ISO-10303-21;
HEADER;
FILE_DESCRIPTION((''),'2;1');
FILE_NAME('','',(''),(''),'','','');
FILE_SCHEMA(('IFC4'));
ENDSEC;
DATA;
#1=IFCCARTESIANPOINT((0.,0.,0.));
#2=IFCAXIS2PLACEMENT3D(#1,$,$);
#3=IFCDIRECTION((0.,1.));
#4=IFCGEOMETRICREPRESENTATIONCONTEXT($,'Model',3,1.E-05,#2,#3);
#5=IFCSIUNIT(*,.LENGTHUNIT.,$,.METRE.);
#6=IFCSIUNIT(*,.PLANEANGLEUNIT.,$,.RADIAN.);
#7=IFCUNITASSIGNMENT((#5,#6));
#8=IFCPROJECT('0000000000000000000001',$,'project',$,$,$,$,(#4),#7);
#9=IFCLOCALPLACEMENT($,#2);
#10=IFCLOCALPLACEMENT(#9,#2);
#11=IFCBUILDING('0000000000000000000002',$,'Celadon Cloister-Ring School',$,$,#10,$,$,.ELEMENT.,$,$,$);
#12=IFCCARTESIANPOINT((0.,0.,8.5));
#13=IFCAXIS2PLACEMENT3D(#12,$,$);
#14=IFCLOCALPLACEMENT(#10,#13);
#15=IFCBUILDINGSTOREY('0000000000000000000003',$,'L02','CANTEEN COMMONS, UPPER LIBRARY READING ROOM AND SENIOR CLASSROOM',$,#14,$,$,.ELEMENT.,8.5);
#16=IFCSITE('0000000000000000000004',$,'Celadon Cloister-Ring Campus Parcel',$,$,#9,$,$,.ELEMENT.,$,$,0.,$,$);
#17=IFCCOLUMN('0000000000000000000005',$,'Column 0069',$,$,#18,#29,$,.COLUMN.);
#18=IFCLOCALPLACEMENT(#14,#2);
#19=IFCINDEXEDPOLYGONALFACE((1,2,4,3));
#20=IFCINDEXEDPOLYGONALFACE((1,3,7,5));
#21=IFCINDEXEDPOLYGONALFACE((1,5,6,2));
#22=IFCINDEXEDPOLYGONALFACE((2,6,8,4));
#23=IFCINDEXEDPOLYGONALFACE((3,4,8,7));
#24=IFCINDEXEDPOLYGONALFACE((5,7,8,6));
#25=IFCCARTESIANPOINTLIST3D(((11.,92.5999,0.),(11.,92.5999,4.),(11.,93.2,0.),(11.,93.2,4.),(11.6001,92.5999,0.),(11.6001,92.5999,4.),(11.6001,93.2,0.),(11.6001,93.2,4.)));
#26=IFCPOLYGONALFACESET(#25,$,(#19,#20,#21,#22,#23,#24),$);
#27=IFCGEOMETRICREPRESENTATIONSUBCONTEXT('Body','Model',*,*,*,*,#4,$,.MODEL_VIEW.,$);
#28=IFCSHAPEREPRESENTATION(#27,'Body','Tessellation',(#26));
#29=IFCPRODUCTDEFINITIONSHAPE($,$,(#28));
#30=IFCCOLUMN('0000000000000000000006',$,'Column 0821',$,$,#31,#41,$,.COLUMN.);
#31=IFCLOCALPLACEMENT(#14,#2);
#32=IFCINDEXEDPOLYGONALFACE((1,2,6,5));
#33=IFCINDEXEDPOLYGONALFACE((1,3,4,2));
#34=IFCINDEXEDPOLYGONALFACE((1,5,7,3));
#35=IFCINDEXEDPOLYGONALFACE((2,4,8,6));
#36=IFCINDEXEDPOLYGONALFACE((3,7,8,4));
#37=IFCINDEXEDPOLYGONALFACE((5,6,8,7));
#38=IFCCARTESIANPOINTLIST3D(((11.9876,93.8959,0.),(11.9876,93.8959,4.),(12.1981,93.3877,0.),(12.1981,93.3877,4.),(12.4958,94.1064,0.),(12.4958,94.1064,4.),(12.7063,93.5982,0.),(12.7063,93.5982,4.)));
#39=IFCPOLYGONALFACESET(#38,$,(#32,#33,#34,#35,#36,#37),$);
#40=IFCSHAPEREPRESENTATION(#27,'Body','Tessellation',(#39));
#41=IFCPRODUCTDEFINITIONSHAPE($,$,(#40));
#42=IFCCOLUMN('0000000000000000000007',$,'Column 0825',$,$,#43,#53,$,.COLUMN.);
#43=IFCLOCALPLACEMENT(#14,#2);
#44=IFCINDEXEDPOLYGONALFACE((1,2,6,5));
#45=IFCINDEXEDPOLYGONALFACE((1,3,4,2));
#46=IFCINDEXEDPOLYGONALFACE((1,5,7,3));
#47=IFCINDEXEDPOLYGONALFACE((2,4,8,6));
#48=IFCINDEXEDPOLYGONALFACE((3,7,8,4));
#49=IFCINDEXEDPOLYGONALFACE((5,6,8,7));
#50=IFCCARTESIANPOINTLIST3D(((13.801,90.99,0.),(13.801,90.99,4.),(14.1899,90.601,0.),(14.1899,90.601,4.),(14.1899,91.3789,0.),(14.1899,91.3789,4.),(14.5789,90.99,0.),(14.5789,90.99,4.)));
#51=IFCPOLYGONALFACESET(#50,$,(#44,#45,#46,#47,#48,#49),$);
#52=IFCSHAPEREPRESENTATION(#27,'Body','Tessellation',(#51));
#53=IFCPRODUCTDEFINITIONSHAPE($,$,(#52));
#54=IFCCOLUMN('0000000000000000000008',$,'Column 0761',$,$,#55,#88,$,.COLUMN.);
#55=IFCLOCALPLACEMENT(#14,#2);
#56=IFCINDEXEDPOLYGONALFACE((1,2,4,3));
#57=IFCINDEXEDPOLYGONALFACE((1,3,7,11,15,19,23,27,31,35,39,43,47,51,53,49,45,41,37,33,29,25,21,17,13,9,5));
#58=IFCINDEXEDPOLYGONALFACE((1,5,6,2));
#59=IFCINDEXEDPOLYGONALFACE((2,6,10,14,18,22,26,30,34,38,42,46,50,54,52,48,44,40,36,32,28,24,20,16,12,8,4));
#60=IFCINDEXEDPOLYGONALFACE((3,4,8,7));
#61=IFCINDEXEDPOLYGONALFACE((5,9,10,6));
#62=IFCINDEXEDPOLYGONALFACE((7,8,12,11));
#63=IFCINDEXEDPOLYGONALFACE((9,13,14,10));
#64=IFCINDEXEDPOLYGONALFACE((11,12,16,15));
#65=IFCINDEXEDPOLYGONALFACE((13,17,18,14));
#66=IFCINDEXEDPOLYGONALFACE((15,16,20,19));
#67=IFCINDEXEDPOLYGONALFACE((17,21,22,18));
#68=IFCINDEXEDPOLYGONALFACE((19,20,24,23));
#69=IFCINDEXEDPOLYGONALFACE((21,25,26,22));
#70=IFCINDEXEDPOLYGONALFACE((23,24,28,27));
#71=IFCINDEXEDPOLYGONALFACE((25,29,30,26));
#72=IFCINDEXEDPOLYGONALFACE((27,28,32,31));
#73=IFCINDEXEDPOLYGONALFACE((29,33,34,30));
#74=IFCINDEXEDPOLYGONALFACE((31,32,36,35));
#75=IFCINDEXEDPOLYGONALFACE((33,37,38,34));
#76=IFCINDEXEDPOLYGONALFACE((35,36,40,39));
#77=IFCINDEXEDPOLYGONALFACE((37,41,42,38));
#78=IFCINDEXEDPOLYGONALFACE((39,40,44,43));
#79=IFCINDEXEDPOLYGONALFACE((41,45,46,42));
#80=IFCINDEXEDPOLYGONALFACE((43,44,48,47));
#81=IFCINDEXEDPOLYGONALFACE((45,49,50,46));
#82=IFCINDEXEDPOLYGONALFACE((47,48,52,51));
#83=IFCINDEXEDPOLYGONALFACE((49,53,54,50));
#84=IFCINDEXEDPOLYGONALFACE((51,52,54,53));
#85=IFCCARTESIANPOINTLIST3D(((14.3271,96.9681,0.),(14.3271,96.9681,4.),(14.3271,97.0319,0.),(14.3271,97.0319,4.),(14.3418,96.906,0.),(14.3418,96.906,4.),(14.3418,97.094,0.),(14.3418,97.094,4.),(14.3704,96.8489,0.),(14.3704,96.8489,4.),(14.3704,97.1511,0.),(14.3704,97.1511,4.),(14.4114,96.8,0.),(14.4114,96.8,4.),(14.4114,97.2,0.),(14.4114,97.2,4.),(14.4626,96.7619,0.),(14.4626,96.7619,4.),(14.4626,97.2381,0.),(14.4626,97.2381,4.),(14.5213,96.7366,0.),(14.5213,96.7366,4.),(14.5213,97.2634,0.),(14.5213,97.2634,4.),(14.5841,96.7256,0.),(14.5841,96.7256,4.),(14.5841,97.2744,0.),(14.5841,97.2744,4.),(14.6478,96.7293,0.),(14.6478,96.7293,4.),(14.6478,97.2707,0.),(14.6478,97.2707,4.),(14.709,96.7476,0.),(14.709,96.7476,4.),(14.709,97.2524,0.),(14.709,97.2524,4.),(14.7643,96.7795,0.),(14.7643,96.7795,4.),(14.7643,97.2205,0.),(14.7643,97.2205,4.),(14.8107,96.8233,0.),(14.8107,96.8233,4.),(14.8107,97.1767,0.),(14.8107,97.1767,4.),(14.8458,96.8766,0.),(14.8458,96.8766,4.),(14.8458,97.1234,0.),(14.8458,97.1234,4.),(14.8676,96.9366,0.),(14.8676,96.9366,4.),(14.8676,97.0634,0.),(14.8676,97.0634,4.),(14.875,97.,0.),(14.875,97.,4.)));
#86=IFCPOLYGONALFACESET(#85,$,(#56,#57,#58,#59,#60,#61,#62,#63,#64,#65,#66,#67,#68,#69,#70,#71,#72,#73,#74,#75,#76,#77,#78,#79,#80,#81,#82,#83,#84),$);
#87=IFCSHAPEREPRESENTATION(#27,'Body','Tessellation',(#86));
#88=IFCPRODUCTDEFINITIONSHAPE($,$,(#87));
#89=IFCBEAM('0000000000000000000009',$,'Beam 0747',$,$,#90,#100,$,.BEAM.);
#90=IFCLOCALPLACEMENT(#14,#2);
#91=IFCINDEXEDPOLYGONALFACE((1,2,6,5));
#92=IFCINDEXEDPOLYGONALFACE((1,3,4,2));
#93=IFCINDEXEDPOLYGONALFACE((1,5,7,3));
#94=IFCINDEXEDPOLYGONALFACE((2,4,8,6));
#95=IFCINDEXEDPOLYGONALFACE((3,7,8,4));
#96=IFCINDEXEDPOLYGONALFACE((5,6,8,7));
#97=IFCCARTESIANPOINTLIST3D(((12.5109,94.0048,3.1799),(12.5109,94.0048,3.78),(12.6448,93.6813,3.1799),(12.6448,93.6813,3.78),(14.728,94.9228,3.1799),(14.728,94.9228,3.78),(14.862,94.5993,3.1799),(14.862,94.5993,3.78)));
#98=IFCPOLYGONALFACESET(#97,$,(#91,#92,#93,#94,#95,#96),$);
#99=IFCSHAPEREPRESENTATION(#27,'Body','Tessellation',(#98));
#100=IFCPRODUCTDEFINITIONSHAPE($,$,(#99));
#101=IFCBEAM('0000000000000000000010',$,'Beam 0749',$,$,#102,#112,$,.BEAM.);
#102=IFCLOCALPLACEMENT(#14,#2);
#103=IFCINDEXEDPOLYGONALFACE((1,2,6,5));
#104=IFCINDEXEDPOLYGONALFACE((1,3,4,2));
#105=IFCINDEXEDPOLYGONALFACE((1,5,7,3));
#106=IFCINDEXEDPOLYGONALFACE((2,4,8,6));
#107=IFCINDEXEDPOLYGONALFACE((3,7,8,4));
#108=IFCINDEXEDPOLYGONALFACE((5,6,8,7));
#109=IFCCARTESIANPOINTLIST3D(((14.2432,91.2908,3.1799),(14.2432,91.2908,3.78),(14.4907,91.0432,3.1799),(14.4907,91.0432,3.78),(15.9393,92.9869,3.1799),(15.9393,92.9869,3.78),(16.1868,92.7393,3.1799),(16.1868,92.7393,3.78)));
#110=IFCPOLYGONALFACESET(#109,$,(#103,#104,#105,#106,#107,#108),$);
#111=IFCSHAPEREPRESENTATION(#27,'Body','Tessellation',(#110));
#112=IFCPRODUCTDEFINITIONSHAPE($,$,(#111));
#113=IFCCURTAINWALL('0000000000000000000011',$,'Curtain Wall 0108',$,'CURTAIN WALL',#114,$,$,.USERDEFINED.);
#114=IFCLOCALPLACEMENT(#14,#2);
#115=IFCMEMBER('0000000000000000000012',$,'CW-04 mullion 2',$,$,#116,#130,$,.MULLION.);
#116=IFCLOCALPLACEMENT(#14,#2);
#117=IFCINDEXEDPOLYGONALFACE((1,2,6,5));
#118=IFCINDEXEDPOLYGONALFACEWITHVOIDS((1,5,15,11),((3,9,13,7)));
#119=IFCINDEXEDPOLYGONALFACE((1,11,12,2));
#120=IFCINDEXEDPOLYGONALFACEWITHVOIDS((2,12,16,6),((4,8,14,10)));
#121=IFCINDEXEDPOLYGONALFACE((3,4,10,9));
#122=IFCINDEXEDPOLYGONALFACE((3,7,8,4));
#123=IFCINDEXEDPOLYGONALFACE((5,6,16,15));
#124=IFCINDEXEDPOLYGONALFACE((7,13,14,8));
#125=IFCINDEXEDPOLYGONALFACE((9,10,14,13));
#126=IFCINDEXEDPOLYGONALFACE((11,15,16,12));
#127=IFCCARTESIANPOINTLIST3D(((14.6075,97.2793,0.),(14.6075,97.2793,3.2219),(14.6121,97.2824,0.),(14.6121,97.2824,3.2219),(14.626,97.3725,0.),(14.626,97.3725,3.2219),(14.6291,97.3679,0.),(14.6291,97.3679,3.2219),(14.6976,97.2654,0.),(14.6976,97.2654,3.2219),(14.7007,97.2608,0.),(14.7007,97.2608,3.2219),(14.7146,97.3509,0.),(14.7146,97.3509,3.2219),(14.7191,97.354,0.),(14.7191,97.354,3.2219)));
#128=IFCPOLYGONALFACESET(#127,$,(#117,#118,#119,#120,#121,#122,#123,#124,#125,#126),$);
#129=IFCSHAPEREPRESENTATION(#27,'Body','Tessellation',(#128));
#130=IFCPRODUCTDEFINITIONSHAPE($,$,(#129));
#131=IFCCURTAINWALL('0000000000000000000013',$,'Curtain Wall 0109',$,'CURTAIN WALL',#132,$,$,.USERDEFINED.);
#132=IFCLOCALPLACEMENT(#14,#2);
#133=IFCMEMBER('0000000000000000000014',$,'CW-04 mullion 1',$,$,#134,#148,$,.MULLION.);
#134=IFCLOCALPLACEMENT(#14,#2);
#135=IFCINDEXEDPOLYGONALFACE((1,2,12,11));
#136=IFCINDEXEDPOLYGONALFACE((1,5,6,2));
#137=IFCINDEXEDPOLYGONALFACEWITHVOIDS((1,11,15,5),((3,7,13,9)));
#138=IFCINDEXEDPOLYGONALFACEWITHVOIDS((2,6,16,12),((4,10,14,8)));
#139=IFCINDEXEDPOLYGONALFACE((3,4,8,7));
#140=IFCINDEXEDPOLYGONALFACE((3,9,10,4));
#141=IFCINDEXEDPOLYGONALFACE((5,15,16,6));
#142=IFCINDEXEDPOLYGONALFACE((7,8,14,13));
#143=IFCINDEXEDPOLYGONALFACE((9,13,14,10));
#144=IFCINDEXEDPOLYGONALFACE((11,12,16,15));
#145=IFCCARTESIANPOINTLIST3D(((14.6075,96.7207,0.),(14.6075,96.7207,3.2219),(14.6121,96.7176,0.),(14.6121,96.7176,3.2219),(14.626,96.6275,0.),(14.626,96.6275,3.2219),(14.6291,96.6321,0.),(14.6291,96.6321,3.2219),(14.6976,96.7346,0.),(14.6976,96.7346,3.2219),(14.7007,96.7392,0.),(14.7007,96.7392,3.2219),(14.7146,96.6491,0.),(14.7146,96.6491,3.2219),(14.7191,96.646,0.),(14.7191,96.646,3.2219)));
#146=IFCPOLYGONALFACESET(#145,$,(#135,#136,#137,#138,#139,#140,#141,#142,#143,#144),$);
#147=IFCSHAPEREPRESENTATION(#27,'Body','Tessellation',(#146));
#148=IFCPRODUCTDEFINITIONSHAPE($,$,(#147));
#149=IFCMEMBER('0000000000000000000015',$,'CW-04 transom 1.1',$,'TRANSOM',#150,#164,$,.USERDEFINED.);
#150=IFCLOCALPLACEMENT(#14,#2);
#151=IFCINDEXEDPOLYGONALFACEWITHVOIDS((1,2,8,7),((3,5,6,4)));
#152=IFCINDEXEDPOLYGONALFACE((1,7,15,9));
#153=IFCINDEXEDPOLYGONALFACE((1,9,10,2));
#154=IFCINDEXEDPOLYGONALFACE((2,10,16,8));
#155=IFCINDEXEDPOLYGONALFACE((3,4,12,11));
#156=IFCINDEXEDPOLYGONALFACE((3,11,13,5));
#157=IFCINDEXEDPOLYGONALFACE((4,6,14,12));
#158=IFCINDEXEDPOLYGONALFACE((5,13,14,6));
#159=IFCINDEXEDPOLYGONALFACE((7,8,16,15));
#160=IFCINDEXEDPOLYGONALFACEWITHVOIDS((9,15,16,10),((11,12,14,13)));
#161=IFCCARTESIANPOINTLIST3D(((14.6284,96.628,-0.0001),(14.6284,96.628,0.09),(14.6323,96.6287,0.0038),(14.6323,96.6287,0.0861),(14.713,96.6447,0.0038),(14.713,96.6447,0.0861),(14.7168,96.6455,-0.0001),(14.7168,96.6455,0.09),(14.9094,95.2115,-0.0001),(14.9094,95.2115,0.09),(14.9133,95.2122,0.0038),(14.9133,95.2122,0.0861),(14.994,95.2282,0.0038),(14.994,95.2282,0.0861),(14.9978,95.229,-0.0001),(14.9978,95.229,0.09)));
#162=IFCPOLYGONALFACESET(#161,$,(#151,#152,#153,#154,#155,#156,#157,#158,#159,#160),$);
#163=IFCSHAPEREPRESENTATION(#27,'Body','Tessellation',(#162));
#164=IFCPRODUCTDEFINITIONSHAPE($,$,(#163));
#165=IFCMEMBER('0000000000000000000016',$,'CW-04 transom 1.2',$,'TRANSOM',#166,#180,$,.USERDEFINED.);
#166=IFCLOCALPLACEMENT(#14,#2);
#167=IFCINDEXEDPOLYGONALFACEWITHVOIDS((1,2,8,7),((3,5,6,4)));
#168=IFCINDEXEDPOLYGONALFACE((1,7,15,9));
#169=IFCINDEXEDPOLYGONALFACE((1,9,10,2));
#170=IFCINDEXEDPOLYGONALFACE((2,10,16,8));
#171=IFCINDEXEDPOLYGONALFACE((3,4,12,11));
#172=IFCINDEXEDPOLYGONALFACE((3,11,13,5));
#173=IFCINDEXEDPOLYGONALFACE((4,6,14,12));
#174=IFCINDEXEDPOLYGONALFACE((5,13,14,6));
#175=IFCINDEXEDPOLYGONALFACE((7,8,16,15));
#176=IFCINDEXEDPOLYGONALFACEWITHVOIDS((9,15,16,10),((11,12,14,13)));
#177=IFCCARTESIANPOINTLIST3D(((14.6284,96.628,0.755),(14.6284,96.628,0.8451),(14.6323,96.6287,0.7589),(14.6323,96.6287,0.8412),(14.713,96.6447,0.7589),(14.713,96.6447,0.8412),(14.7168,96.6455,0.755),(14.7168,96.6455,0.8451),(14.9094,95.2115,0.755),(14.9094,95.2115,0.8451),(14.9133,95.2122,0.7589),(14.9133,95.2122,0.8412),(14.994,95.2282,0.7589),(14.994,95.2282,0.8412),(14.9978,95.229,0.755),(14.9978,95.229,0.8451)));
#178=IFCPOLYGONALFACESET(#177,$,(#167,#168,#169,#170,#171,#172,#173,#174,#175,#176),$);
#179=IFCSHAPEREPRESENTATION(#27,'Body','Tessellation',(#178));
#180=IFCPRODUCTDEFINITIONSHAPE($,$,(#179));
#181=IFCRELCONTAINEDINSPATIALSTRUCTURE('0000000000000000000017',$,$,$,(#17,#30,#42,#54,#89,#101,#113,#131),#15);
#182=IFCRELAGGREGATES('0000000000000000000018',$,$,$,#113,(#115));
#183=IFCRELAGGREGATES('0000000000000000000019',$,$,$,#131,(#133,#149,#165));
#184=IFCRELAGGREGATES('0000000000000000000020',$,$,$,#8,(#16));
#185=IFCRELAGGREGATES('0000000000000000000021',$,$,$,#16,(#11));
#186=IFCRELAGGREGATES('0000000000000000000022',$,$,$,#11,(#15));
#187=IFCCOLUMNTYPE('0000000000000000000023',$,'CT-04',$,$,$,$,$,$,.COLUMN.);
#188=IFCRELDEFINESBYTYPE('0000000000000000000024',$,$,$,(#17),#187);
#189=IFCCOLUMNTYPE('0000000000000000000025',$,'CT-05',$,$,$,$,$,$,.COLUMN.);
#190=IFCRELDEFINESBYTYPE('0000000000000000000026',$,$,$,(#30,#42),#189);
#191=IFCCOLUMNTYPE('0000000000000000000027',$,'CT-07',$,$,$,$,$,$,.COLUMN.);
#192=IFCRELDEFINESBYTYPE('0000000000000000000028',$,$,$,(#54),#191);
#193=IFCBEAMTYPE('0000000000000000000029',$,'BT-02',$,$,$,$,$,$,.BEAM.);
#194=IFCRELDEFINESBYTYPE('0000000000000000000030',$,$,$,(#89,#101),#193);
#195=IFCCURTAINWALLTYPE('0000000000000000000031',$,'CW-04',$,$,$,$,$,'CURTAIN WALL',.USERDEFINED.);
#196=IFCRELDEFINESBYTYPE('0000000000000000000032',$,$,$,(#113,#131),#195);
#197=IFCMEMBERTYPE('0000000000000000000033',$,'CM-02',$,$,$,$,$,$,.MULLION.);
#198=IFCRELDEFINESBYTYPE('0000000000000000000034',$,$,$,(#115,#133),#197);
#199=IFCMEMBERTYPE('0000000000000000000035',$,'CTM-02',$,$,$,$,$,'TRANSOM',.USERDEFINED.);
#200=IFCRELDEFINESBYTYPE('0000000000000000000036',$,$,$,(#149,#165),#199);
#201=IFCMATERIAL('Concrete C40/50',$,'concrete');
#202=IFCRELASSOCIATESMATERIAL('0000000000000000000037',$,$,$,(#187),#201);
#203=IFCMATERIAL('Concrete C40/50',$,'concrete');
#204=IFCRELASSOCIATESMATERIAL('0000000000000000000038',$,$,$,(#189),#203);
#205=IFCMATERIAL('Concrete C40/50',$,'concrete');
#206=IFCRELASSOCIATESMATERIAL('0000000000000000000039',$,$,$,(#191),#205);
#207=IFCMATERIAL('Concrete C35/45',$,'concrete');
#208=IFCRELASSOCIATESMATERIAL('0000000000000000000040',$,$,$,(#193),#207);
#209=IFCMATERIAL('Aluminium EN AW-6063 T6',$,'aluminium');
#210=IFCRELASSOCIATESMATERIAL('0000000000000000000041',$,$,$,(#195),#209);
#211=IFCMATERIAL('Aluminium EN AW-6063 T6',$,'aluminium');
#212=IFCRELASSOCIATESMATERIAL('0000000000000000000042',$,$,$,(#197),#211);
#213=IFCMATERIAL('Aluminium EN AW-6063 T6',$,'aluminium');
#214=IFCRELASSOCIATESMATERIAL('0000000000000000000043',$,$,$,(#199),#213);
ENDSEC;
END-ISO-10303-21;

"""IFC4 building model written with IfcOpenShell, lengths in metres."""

from ifc_helpers import new_model, si_unit, direction, frame, origin, origin_2d, place, context, subcontext, project, spatial, rectangle, hollow_rectangle, circle, extrude, material, material_profile, profile_set, type_object, element, aggregate, save


model = new_model("IFC4")

# Units and contexts
model_context = context("Model", 3, precision=1e-05, world=origin(), true_north=direction((0.0, 1.0)))
body_context = subcontext(model_context, "Body", "Model", "MODEL_VIEW")
ifc_project = project(units=[si_unit("LENGTHUNIT", "METRE"), si_unit("PLANEANGLEUNIT", "RADIAN")], contexts=[model_context])

# Site, building, storey
site_placement = place(None, origin())
site = spatial("IfcSite", under=ifc_project, at=site_placement, Name="Celadon Cloister-Ring Campus Parcel", CompositionType="ELEMENT", RefElevation=0.0)
building_placement = place(site_placement, origin())
building = spatial("IfcBuilding", under=site, at=building_placement, Name="Celadon Cloister-Ring School", CompositionType="ELEMENT")
storey_placement = place(building_placement, frame((0.0, 0.0, 8.5)))
storey = spatial("IfcBuildingStorey", under=building, at=storey_placement, Name="L02", Description="CANTEEN COMMONS, UPPER LIBRARY READING ROOM AND SENIOR CLASSROOM", CompositionType="ELEMENT", Elevation=8.5)

# Columns
ifc_material_1 = material(Name="Concrete C40/50", Category="concrete")
ifc_material_profile_1 = material_profile(ifc_material_1, rectangle(XDim=0.6001, YDim=0.6001, at=origin_2d()), Name="RC600X600")
ifc_profile_set_1 = profile_set([ifc_material_profile_1], Name="Concrete C40/50")
column_type_1 = type_object("IfcColumnType", Name="CT-04", PredefinedType="COLUMN", material=ifc_profile_set_1)
column_1_placement = place(storey_placement, frame((11.3, 92.8999, 0.0), z_axis=(0.0, 0.0, 1.0), x_axis=(1.0, 0.0, 0.0)))
element("IfcColumn", 1, at=column_1_placement, inside=storey, type_object=column_type_1, Name="Column 0069", PredefinedType="COLUMN", context=body_context, shape_type="SweptSolid", body=[
    extrude(rectangle(XDim=0.6001, YDim=0.6001, at=origin_2d()), origin(), (0.0, 0.0, 1.0), 4.0),
])
ifc_material_2 = material(Name="Concrete C40/50", Category="concrete")
ifc_material_profile_2 = material_profile(ifc_material_2, rectangle(XDim=0.55, YDim=0.55, at=origin_2d()), Name="RC550X550")
ifc_profile_set_2 = profile_set([ifc_material_profile_2], Name="Concrete C40/50")
column_type_2 = type_object("IfcColumnType", Name="CT-05", PredefinedType="COLUMN", material=ifc_profile_set_2)
for number, where, z_axis, x_axis, name in (
    (2, (12.3469, 93.7471, 0.0), (0.0, 0.0, 1.0), (-0.92388, -0.382683, 0.0), "Column 0821"),
    (3, (14.1899, 90.99, 0.0), (0.0, 0.0, 1.0), (-0.707107, -0.707107, 0.0), "Column 0825"),
):
    element("IfcColumn", number, at=place(storey_placement, frame(where, z_axis=z_axis, x_axis=x_axis)), inside=storey, type_object=column_type_2, Name=name, PredefinedType="COLUMN", context=body_context, shape_type="SweptSolid", body=[
        extrude(rectangle(XDim=0.55, YDim=0.55, at=origin_2d()), origin(), (0.0, 0.0, 1.0), 4.0),
    ])
ifc_material_3 = material(Name="Concrete C40/50", Category="concrete")
ifc_material_profile_3 = material_profile(ifc_material_3, circle(Radius=0.2749, at=origin_2d()), Name="CIRC550")
ifc_profile_set_3 = profile_set([ifc_material_profile_3], Name="Concrete C40/50")
column_type_3 = type_object("IfcColumnType", Name="CT-07", PredefinedType="COLUMN", material=ifc_profile_set_3)
column_2_placement = place(storey_placement, frame((14.6001, 97.0, 0.0), z_axis=(0.0, 0.0, 1.0), x_axis=(1.0, 0.0, 0.0)))
element("IfcColumn", 4, at=column_2_placement, inside=storey, type_object=column_type_3, Name="Column 0761", PredefinedType="COLUMN", context=body_context, shape_type="SweptSolid", body=[
    extrude(circle(Radius=0.2749, at=origin_2d()), origin(), (0.0, 0.0, 1.0), 4.0),
])

# Beams
ifc_material_4 = material(Name="Concrete C35/45", Category="concrete")
ifc_material_profile_4 = material_profile(ifc_material_4, rectangle(XDim=0.3501, YDim=0.6001, at=origin_2d()), Name="RC350X600")
ifc_profile_set_4 = profile_set([ifc_material_profile_4], Name="Concrete C35/45")
beam_type_1 = type_object("IfcBeamType", Name="BT-02", PredefinedType="BEAM", material=ifc_profile_set_4)
beam_1_placement = place(storey_placement, frame((12.5779, 93.843, 3.48), z_axis=(0.923933, 0.382555, 0.0), x_axis=(-0.382555, 0.923933, 0.0)))
element("IfcBeam", 5, at=beam_1_placement, inside=storey, type_object=beam_type_1, Name="Beam 0747", PredefinedType="BEAM", context=body_context, shape_type="SweptSolid", body=[
    extrude(rectangle(XDim=0.3501, YDim=0.6001, at=origin_2d()), origin(), (0.0, 0.0, 1.0), 2.3997),
])
beam_2_placement = place(storey_placement, frame((14.3669, 91.167, 3.48), z_axis=(0.707107, 0.707107, 0.0), x_axis=(-0.707107, 0.707107, 0.0)))
element("IfcBeam", 6, at=beam_2_placement, inside=storey, type_object=beam_type_1, Name="Beam 0749", PredefinedType="BEAM", context=body_context, shape_type="SweptSolid", body=[
    extrude(rectangle(XDim=0.3501, YDim=0.6001, at=origin_2d()), origin(), (0.0, 0.0, 1.0), 2.3987),
])

# Curtain wall, member
ifc_material_5 = material(Name="Aluminium EN AW-6063 T6", Category="aluminium")
curtain_wall_type = type_object("IfcCurtainWallType", Name="CW-04", ElementType="CURTAIN WALL", PredefinedType="USERDEFINED", material=ifc_material_5)
curtain_wall_1_placement = place(storey_placement, origin())
curtain_wall_1 = element("IfcCurtainWall", 7, at=curtain_wall_1_placement, inside=storey, type_object=curtain_wall_type, Name="Curtain Wall 0108", ObjectType="CURTAIN WALL", PredefinedType="USERDEFINED")
ifc_material_6 = material(Name="Aluminium EN AW-6063 T6", Category="aluminium")
ifc_material_profile_5 = material_profile(ifc_material_6, hollow_rectangle(XDim=0.095, YDim=0.095, WallThickness=0.0039, at=origin_2d()), Name="RHS95X95X4")
ifc_profile_set_5 = profile_set([ifc_material_profile_5], Name="Aluminium EN AW-6063 T6")
member_type_1 = type_object("IfcMemberType", Name="CM-02", PredefinedType="MULLION", material=ifc_profile_set_5)
member_1_placement = place(storey_placement, frame((14.6633, 97.3167, 0.0), z_axis=(0.0, 0.0, 1.0), x_axis=(0.980885, -0.194586, 0.0)))
member_1 = element("IfcMember", 8, at=member_1_placement, type_object=member_type_1, Name="CW-04 mullion 2", PredefinedType="MULLION", context=body_context, shape_type="SweptSolid", body=[
    extrude(hollow_rectangle(XDim=0.095, YDim=0.095, WallThickness=0.0039, at=origin_2d()), origin(), (0.0, 0.0, 1.0), 3.2219),
])
aggregate(curtain_wall_1, [member_1])

# Curtain wall, members
curtain_wall_2_placement = place(storey_placement, origin())
curtain_wall_2 = element("IfcCurtainWall", 9, at=curtain_wall_2_placement, inside=storey, type_object=curtain_wall_type, Name="Curtain Wall 0109", ObjectType="CURTAIN WALL", PredefinedType="USERDEFINED")
member_2_placement = place(storey_placement, frame((14.6633, 96.6833, 0.0), z_axis=(0.0, 0.0, 1.0), x_axis=(0.980885, 0.194586, 0.0)))
member_2 = element("IfcMember", 10, at=member_2_placement, type_object=member_type_1, Name="CW-04 mullion 1", PredefinedType="MULLION", context=body_context, shape_type="SweptSolid", body=[
    extrude(hollow_rectangle(XDim=0.095, YDim=0.095, WallThickness=0.0039, at=origin_2d()), origin(), (0.0, 0.0, 1.0), 3.2219),
])
ifc_material_7 = material(Name="Aluminium EN AW-6063 T6", Category="aluminium")
ifc_material_profile_6 = material_profile(ifc_material_7, hollow_rectangle(XDim=0.0901, YDim=0.0901, WallThickness=0.0039, at=origin_2d()), Name="RHS90X90X4")
ifc_profile_set_6 = profile_set([ifc_material_profile_6], Name="Aluminium EN AW-6063 T6")
member_type_2 = type_object("IfcMemberType", Name="CTM-02", ElementType="TRANSOM", PredefinedType="USERDEFINED", material=ifc_profile_set_6)
member_3_placement = place(storey_placement, frame((14.6726, 96.6367, 0.0449), z_axis=(0.194588, -0.980885, 0.0), x_axis=(0.980885, 0.194588, 0.0)))
member_3 = element("IfcMember", 11, at=member_3_placement, type_object=member_type_2, Name="CW-04 transom 1.1", ObjectType="TRANSOM", PredefinedType="USERDEFINED", context=body_context, shape_type="SweptSolid", body=[
    extrude(hollow_rectangle(XDim=0.0901, YDim=0.0901, WallThickness=0.0039, at=origin_2d()), origin(), (0.0, 0.0, 1.0), 1.4441),
])
member_4_placement = place(storey_placement, frame((14.6726, 96.6367, 0.8), z_axis=(0.194588, -0.980885, 0.0), x_axis=(0.980885, 0.194588, 0.0)))
member_4 = element("IfcMember", 12, at=member_4_placement, type_object=member_type_2, Name="CW-04 transom 1.2", ObjectType="TRANSOM", PredefinedType="USERDEFINED", context=body_context, shape_type="SweptSolid", body=[
    extrude(hollow_rectangle(XDim=0.0901, YDim=0.0901, WallThickness=0.0039, at=origin_2d()), origin(), (0.0, 0.0, 1.0), 1.4441),
])
aggregate(curtain_wall_2, [member_2, member_3, member_4])

save(model, "model.ifc")
